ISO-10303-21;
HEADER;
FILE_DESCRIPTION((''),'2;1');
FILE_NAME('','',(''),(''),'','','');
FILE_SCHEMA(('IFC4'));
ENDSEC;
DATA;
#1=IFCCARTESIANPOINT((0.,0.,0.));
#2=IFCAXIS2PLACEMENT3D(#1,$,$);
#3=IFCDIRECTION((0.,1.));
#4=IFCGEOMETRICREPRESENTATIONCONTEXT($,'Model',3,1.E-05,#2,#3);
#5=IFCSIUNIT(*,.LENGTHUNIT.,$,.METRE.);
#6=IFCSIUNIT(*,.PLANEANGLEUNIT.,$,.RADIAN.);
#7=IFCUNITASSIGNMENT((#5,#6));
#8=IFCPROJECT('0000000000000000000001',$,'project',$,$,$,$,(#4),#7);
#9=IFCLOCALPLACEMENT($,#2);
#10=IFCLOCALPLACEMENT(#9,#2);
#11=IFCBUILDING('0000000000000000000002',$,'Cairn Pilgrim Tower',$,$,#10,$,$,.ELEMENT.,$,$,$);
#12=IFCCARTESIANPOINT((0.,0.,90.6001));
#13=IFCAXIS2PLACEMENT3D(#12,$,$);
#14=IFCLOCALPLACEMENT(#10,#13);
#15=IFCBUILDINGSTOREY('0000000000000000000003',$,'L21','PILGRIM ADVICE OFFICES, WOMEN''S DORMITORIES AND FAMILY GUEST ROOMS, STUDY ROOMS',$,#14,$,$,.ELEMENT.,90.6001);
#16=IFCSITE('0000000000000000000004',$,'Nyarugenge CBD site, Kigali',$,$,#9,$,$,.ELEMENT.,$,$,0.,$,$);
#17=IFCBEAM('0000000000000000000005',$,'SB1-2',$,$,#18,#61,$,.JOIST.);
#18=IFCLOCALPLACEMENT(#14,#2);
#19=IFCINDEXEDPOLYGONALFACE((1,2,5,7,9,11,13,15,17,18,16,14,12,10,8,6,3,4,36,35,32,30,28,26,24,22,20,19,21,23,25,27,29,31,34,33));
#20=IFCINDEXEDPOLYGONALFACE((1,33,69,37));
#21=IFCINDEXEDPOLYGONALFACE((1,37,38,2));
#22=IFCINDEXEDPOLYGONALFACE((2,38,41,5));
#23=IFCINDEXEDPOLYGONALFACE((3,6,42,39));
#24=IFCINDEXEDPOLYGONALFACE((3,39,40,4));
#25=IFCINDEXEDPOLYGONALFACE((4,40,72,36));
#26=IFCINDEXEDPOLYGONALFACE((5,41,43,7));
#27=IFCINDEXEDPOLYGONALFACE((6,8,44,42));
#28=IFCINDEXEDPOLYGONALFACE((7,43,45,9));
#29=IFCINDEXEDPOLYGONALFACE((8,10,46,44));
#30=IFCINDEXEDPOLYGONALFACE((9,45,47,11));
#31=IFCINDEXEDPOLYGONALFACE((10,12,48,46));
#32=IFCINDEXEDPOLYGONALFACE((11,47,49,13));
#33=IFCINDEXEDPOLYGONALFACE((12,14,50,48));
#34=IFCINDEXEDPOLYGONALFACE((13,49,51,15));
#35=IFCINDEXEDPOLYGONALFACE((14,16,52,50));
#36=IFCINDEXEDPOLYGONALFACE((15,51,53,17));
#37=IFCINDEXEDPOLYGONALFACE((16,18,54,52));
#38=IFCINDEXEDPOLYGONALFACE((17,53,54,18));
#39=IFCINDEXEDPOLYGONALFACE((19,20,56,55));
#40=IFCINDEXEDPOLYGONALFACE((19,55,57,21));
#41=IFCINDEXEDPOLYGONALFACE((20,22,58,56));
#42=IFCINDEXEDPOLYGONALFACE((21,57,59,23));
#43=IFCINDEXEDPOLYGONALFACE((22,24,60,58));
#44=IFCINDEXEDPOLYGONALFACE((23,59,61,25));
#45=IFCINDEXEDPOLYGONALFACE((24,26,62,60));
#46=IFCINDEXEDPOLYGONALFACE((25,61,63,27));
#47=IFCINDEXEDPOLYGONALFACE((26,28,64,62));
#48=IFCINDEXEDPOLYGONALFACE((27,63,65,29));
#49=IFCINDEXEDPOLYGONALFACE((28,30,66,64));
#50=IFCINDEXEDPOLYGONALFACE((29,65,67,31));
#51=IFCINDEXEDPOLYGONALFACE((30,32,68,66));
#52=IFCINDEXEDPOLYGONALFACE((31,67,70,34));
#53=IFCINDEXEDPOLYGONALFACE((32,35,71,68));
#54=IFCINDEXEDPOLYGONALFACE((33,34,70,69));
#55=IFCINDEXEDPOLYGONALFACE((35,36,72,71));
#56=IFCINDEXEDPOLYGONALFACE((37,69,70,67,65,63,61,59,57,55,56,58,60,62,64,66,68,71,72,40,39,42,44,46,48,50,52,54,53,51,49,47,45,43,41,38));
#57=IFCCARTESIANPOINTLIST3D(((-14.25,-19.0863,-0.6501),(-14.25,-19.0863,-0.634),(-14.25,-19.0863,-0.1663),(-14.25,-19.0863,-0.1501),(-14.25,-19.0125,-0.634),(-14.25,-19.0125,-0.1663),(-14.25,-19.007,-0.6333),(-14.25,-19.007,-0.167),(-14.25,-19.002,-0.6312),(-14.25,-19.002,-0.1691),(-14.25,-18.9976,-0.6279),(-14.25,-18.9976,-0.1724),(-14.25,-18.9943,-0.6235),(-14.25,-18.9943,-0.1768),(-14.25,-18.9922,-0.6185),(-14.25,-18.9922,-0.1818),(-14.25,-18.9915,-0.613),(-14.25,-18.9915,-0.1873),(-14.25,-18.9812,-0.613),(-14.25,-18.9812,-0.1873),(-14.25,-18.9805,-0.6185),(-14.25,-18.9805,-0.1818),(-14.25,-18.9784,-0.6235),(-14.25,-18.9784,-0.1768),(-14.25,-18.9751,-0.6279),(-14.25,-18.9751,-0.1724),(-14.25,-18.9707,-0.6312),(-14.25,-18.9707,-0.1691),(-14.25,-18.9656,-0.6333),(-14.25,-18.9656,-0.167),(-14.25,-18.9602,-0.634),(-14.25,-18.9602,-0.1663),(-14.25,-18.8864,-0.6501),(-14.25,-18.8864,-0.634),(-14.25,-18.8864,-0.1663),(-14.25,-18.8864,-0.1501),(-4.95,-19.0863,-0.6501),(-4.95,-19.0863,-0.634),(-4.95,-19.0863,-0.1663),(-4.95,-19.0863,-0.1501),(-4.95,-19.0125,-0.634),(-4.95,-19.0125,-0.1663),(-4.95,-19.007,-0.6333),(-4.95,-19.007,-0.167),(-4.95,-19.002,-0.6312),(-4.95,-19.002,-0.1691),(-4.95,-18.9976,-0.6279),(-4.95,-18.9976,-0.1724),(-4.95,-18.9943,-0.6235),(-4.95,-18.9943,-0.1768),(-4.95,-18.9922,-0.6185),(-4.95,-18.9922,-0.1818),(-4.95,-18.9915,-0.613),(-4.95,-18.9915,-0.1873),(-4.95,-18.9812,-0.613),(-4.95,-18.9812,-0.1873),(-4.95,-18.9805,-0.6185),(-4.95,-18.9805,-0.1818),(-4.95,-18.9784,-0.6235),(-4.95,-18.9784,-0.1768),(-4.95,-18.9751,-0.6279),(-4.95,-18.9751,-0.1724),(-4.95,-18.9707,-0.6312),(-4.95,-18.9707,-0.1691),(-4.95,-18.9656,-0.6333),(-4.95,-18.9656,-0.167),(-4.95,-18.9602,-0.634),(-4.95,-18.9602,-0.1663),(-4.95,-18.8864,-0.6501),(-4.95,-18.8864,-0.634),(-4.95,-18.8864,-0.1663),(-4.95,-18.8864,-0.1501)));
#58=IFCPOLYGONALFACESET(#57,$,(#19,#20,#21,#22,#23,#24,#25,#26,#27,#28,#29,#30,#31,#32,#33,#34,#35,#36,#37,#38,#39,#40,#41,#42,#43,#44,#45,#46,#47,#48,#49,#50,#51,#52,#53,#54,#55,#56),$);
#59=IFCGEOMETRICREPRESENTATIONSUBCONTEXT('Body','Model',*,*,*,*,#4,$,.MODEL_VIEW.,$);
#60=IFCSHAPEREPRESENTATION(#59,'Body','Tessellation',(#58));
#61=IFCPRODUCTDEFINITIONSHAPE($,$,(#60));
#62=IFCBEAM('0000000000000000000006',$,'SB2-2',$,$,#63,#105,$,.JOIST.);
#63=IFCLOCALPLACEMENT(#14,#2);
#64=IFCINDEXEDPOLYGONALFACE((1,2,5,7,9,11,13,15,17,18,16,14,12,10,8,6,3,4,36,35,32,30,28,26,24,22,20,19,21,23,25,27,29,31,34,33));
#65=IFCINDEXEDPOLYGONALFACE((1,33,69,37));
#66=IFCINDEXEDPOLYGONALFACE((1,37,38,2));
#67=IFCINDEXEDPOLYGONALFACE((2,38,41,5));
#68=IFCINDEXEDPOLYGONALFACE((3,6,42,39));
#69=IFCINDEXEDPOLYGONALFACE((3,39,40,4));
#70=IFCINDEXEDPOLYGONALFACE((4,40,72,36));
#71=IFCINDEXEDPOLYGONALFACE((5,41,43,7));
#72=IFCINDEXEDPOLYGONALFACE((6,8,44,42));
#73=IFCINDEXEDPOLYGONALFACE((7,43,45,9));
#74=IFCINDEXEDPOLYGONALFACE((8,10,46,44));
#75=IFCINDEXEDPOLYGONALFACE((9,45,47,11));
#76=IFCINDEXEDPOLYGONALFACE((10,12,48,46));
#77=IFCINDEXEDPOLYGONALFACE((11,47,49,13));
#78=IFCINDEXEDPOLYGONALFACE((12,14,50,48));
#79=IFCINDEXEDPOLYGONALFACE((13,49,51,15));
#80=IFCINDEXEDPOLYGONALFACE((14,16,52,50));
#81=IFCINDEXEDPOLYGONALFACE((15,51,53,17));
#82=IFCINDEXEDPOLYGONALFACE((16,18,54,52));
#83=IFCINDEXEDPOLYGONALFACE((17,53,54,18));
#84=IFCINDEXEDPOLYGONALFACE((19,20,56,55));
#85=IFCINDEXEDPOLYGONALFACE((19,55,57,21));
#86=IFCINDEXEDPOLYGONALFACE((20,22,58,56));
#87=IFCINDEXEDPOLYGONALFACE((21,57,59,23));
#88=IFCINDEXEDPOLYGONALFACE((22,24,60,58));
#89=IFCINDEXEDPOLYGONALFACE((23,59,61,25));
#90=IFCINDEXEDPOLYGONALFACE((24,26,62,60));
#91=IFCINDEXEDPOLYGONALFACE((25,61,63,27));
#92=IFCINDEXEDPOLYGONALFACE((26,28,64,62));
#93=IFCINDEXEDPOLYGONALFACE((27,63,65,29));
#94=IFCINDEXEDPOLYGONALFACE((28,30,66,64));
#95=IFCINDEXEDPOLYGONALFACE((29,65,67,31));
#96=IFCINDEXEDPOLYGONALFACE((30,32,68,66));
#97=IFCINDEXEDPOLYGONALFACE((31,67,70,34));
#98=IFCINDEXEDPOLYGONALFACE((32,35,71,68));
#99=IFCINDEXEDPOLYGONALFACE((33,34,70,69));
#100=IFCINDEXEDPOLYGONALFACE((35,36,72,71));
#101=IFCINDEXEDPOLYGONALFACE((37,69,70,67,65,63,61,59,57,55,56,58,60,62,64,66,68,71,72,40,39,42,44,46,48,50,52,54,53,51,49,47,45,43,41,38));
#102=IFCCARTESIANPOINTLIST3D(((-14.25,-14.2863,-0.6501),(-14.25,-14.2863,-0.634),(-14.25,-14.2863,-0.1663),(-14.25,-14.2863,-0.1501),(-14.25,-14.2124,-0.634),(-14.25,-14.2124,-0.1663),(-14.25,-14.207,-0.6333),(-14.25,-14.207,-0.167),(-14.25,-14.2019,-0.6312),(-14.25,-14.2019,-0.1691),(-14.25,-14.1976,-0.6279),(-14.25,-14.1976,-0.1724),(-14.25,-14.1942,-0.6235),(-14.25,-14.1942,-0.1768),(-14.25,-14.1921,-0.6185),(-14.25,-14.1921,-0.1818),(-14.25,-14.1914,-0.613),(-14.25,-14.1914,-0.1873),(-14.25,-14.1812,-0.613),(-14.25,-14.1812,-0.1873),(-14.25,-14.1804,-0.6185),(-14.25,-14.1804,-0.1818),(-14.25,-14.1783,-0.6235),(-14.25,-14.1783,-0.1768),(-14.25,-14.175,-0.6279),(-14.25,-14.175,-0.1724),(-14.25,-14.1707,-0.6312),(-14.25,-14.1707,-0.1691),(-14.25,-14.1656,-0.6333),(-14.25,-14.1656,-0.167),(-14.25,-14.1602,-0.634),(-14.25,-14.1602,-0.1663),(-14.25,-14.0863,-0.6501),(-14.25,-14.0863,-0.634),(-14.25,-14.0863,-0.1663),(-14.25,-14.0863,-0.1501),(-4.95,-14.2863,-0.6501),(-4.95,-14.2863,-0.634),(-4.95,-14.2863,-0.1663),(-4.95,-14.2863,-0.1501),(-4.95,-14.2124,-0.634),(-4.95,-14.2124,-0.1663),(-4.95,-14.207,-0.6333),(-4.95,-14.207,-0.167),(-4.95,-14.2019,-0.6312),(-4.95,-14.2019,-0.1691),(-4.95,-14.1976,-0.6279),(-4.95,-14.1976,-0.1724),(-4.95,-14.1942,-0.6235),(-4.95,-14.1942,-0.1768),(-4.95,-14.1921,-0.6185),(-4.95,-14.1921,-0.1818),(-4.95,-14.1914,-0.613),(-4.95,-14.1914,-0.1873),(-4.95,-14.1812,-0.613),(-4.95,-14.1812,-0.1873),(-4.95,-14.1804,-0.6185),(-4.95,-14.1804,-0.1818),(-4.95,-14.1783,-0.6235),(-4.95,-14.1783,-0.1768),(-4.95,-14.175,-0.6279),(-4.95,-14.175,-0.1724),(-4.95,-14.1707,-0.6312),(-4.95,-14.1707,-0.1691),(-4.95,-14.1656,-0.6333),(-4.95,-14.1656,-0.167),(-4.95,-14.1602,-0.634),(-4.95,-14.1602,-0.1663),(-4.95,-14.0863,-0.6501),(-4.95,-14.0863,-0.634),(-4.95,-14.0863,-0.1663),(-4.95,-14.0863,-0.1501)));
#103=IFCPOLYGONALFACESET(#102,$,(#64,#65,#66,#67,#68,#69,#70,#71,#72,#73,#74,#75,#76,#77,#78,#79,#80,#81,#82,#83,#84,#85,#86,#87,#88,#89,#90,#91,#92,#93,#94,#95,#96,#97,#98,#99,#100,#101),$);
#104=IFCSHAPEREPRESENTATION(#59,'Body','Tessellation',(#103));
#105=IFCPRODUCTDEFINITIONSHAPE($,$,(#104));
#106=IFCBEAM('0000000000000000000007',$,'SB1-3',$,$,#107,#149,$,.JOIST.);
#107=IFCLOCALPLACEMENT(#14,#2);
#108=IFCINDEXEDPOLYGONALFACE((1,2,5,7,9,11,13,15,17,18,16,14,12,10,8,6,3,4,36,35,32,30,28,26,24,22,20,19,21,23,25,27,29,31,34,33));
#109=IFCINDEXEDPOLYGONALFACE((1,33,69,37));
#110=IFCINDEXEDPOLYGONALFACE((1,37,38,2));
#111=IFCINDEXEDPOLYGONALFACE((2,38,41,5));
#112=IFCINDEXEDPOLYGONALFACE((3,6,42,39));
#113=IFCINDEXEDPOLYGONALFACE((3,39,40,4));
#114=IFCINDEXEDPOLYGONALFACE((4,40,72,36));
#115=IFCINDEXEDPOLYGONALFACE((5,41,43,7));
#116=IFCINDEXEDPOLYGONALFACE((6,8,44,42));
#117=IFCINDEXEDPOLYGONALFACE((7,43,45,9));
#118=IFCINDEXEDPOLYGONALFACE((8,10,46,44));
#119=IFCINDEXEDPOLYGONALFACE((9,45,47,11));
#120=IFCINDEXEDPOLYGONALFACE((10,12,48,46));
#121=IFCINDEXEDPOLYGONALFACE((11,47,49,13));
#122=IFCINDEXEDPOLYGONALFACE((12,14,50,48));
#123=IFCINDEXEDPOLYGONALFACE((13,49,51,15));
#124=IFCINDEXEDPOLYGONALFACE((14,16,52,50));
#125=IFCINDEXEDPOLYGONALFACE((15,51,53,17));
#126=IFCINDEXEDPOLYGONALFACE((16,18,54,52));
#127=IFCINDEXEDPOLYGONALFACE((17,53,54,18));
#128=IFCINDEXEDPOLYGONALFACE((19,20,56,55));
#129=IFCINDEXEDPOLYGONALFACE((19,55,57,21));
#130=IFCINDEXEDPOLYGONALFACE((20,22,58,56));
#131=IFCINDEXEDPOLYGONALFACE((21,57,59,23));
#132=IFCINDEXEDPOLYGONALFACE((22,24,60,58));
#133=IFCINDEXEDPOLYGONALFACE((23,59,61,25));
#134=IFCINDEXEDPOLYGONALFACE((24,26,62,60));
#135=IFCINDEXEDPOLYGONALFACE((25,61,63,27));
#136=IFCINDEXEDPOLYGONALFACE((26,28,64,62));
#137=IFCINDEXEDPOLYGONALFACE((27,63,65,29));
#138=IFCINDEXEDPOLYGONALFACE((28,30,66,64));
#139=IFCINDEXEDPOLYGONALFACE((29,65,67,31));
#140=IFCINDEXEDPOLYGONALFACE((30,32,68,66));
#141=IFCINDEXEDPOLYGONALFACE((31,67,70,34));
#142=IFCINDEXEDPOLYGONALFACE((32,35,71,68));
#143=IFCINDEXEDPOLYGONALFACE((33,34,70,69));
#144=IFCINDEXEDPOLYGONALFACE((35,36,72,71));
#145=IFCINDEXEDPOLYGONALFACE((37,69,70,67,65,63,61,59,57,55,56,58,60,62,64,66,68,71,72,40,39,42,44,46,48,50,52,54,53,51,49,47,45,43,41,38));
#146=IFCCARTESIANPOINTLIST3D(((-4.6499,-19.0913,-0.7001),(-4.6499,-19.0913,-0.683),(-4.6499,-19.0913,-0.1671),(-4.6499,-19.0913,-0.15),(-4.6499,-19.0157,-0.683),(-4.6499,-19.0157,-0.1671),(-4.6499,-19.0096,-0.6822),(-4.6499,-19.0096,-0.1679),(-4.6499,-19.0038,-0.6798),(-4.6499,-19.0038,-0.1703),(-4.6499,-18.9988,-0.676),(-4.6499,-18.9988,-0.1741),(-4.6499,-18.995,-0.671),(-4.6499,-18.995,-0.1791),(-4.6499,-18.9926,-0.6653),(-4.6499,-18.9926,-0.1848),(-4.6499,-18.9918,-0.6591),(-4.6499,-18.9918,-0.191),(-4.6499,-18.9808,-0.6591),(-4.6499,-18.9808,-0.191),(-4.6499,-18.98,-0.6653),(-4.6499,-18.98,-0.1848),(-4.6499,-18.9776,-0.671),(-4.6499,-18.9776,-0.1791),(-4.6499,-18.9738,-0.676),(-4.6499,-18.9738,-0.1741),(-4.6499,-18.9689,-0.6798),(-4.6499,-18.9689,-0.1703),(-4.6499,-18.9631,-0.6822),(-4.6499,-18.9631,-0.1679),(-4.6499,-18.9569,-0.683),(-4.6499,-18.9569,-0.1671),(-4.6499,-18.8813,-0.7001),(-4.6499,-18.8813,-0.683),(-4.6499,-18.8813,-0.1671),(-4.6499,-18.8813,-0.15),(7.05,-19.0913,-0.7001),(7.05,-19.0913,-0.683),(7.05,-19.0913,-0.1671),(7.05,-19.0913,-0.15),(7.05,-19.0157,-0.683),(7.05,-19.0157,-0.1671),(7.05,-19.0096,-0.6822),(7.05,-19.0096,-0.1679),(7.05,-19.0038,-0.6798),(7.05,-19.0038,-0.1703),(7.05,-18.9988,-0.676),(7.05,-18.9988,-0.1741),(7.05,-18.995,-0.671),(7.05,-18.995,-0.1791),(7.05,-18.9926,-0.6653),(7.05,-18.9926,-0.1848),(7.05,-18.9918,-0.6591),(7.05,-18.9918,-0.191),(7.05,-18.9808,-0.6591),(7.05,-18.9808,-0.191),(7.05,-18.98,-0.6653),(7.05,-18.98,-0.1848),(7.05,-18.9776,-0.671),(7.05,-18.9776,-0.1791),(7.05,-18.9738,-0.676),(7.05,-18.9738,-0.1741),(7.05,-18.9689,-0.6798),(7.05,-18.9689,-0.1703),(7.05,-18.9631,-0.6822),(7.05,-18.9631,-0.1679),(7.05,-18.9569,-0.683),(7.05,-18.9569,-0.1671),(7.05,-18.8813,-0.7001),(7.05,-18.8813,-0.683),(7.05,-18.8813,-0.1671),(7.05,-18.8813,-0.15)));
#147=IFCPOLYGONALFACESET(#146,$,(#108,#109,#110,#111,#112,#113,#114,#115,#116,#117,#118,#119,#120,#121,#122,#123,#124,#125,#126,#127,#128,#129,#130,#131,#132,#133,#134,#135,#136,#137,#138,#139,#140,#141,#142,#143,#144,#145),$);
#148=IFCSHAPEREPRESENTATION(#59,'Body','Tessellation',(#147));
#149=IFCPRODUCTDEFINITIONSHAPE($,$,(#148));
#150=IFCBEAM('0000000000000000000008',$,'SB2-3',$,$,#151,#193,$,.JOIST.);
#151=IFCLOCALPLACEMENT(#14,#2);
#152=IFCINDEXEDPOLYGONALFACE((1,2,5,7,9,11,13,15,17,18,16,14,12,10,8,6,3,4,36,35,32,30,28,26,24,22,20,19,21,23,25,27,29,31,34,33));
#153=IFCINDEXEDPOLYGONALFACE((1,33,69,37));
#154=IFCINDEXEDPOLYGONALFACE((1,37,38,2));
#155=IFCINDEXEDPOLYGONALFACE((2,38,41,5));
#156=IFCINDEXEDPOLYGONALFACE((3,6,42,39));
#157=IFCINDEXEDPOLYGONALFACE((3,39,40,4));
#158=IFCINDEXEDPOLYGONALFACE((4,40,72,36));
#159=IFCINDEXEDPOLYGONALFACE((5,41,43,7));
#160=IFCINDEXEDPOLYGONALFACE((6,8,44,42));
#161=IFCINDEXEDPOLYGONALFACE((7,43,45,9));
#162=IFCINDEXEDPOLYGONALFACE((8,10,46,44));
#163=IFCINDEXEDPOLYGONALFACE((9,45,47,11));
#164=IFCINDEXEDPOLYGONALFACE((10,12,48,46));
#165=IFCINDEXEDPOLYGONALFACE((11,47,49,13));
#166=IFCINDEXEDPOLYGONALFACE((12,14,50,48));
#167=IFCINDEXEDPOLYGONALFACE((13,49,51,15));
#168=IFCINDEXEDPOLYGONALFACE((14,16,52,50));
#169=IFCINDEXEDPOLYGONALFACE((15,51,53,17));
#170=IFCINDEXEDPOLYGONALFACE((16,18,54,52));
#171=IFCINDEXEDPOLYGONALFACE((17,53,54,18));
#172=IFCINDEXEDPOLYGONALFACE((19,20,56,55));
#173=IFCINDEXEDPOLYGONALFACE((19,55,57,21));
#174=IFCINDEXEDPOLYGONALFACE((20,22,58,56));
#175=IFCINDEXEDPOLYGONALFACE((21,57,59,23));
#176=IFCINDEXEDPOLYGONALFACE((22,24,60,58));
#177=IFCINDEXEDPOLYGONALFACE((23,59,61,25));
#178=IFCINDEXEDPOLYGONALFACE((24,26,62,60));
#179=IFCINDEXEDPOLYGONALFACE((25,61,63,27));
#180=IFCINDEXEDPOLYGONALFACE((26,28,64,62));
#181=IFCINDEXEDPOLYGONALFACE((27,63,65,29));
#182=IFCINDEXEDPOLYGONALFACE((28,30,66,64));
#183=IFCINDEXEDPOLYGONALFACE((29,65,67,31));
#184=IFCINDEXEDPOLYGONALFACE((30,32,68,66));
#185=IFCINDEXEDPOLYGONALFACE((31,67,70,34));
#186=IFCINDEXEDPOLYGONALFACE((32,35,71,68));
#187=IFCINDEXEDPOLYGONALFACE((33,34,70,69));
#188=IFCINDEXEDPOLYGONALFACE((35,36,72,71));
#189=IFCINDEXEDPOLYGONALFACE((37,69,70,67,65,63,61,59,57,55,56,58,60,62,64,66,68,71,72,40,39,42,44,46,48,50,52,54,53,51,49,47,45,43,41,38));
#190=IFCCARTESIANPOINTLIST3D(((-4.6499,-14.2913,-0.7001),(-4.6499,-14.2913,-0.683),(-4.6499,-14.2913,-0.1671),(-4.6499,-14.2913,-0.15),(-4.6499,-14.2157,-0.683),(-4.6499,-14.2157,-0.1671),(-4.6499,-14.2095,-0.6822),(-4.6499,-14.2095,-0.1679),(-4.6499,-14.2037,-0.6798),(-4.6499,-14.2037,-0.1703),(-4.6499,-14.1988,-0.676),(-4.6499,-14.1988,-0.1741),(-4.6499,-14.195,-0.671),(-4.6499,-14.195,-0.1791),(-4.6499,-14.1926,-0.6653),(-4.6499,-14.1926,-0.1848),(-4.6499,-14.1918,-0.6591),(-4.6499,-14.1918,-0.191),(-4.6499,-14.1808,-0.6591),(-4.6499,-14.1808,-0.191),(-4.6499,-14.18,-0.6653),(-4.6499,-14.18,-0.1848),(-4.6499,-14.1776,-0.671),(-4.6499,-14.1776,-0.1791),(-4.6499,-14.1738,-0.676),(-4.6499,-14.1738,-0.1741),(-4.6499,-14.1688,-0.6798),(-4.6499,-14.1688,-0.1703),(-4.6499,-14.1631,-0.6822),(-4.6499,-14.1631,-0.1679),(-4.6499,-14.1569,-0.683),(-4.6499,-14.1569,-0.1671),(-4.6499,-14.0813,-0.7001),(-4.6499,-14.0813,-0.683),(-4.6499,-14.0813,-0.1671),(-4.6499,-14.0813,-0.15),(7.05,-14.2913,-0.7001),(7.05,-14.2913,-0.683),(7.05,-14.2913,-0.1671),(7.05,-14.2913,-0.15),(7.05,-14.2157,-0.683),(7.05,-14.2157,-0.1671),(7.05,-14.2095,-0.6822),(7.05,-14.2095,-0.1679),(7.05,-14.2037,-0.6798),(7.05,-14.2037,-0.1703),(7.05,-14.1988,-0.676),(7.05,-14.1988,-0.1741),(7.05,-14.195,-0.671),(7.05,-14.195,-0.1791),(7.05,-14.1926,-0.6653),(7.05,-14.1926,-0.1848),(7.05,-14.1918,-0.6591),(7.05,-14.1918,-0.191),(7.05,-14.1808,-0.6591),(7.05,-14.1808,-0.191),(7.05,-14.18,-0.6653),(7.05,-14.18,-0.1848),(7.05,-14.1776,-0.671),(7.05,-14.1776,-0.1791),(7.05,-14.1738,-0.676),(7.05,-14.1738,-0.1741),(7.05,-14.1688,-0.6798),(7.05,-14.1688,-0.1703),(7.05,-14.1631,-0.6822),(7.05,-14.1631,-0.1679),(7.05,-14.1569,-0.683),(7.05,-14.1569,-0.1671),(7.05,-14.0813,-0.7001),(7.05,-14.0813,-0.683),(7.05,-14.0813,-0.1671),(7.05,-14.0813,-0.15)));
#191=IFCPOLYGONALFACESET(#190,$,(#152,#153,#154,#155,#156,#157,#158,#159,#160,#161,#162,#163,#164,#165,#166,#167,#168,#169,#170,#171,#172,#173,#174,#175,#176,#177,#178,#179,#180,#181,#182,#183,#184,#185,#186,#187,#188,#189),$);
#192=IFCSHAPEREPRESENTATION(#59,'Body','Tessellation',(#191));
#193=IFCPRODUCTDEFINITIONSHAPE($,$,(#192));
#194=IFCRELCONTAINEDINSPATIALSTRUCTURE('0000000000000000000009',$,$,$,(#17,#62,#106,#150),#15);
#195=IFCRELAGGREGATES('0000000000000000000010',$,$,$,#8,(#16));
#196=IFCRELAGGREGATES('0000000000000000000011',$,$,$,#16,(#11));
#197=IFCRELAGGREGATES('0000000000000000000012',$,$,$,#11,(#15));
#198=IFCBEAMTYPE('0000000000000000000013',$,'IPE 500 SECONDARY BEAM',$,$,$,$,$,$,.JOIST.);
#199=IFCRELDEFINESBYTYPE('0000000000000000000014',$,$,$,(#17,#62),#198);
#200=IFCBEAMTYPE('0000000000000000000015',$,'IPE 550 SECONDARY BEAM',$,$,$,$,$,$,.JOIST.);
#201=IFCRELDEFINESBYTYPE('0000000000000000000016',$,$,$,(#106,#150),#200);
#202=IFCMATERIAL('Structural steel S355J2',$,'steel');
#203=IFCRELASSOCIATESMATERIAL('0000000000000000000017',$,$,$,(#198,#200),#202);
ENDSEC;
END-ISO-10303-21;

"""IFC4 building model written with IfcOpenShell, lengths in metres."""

from ifc_helpers import new_model, si_unit, direction, frame, origin, origin_2d, place, context, subcontext, project, spatial, i_section, extrude, material, material_profile, profile_set, type_object, element, save


model = new_model("IFC4")

# Units and contexts
model_context = context("Model", 3, precision=1e-05, world=origin(), true_north=direction((0.0, 1.0)))
body_context = subcontext(model_context, "Body", "Model", "MODEL_VIEW")
ifc_project = project(units=[si_unit("LENGTHUNIT", "METRE"), si_unit("PLANEANGLEUNIT", "RADIAN")], contexts=[model_context])

# Site, building, storey
site_placement = place(None, origin())
site = spatial("IfcSite", under=ifc_project, at=site_placement, Name="Nyarugenge CBD site, Kigali", CompositionType="ELEMENT", RefElevation=0.0)
building_placement = place(site_placement, origin())
building = spatial("IfcBuilding", under=site, at=building_placement, Name="Cairn Pilgrim Tower", CompositionType="ELEMENT")
storey_placement = place(building_placement, frame((0.0, 0.0, 90.6001)))
storey = spatial("IfcBuildingStorey", under=building, at=storey_placement, Name="L21", Description="PILGRIM ADVICE OFFICES, WOMEN'S DORMITORIES AND FAMILY GUEST ROOMS, STUDY ROOMS", CompositionType="ELEMENT", Elevation=90.6001)

# Beams
ifc_material_1 = material(Name="Structural steel S355J2", Category="steel")
ifc_material_profile_1 = material_profile(ifc_material_1, i_section(OverallWidth=0.2, OverallDepth=0.5, WebThickness=0.0103, FlangeThickness=0.0161, FilletRadius=0.021, at=origin_2d()), Name="IPE 500")
ifc_profile_set_1 = profile_set([ifc_material_profile_1], Name="Structural steel S355J2")
beam_type_1 = type_object("IfcBeamType", Name="IPE 500 SECONDARY BEAM", PredefinedType="JOIST", material=ifc_profile_set_1)
for number, where, z_axis, x_axis, name in (
    (1, (-14.25, -18.9863, -0.4001), (1.0, 0.0, 0.0), (0.0, 1.0, 0.0), "SB1-2"),
    (2, (-14.25, -14.1863, -0.4001), (1.0, 0.0, 0.0), (0.0, 1.0, 0.0), "SB2-2"),
):
    element("IfcBeam", number, at=place(storey_placement, frame(where, z_axis=z_axis, x_axis=x_axis)), inside=storey, type_object=beam_type_1, Name=name, PredefinedType="JOIST", context=body_context, shape_type="SweptSolid", body=[
        extrude(i_section(OverallWidth=0.2, OverallDepth=0.5, WebThickness=0.0103, FlangeThickness=0.0161, FilletRadius=0.021, at=origin_2d()), origin(), (0.0, 0.0, 1.0), 9.3),
    ])
ifc_material_profile_2 = material_profile(ifc_material_1, i_section(OverallWidth=0.21, OverallDepth=0.55, WebThickness=0.011, FlangeThickness=0.0171, FilletRadius=0.0239, at=origin_2d()), Name="IPE 550")
ifc_profile_set_2 = profile_set([ifc_material_profile_2], Name="Structural steel S355J2")
beam_type_2 = type_object("IfcBeamType", Name="IPE 550 SECONDARY BEAM", PredefinedType="JOIST", material=ifc_profile_set_2)
for number, where, z_axis, x_axis, name in (
    (3, (-4.6499, -18.9863, -0.425), (1.0, 0.0, 0.0), (0.0, 1.0, 0.0), "SB1-3"),
    (4, (-4.6499, -14.1863, -0.425), (1.0, 0.0, 0.0), (0.0, 1.0, 0.0), "SB2-3"),
):
    element("IfcBeam", number, at=place(storey_placement, frame(where, z_axis=z_axis, x_axis=x_axis)), inside=storey, type_object=beam_type_2, Name=name, PredefinedType="JOIST", context=body_context, shape_type="SweptSolid", body=[
        extrude(i_section(OverallWidth=0.21, OverallDepth=0.55, WebThickness=0.011, FlangeThickness=0.0171, FilletRadius=0.0239, at=origin_2d()), origin(), (0.0, 0.0, 1.0), 11.7),
    ])

save(model, "model.ifc")
